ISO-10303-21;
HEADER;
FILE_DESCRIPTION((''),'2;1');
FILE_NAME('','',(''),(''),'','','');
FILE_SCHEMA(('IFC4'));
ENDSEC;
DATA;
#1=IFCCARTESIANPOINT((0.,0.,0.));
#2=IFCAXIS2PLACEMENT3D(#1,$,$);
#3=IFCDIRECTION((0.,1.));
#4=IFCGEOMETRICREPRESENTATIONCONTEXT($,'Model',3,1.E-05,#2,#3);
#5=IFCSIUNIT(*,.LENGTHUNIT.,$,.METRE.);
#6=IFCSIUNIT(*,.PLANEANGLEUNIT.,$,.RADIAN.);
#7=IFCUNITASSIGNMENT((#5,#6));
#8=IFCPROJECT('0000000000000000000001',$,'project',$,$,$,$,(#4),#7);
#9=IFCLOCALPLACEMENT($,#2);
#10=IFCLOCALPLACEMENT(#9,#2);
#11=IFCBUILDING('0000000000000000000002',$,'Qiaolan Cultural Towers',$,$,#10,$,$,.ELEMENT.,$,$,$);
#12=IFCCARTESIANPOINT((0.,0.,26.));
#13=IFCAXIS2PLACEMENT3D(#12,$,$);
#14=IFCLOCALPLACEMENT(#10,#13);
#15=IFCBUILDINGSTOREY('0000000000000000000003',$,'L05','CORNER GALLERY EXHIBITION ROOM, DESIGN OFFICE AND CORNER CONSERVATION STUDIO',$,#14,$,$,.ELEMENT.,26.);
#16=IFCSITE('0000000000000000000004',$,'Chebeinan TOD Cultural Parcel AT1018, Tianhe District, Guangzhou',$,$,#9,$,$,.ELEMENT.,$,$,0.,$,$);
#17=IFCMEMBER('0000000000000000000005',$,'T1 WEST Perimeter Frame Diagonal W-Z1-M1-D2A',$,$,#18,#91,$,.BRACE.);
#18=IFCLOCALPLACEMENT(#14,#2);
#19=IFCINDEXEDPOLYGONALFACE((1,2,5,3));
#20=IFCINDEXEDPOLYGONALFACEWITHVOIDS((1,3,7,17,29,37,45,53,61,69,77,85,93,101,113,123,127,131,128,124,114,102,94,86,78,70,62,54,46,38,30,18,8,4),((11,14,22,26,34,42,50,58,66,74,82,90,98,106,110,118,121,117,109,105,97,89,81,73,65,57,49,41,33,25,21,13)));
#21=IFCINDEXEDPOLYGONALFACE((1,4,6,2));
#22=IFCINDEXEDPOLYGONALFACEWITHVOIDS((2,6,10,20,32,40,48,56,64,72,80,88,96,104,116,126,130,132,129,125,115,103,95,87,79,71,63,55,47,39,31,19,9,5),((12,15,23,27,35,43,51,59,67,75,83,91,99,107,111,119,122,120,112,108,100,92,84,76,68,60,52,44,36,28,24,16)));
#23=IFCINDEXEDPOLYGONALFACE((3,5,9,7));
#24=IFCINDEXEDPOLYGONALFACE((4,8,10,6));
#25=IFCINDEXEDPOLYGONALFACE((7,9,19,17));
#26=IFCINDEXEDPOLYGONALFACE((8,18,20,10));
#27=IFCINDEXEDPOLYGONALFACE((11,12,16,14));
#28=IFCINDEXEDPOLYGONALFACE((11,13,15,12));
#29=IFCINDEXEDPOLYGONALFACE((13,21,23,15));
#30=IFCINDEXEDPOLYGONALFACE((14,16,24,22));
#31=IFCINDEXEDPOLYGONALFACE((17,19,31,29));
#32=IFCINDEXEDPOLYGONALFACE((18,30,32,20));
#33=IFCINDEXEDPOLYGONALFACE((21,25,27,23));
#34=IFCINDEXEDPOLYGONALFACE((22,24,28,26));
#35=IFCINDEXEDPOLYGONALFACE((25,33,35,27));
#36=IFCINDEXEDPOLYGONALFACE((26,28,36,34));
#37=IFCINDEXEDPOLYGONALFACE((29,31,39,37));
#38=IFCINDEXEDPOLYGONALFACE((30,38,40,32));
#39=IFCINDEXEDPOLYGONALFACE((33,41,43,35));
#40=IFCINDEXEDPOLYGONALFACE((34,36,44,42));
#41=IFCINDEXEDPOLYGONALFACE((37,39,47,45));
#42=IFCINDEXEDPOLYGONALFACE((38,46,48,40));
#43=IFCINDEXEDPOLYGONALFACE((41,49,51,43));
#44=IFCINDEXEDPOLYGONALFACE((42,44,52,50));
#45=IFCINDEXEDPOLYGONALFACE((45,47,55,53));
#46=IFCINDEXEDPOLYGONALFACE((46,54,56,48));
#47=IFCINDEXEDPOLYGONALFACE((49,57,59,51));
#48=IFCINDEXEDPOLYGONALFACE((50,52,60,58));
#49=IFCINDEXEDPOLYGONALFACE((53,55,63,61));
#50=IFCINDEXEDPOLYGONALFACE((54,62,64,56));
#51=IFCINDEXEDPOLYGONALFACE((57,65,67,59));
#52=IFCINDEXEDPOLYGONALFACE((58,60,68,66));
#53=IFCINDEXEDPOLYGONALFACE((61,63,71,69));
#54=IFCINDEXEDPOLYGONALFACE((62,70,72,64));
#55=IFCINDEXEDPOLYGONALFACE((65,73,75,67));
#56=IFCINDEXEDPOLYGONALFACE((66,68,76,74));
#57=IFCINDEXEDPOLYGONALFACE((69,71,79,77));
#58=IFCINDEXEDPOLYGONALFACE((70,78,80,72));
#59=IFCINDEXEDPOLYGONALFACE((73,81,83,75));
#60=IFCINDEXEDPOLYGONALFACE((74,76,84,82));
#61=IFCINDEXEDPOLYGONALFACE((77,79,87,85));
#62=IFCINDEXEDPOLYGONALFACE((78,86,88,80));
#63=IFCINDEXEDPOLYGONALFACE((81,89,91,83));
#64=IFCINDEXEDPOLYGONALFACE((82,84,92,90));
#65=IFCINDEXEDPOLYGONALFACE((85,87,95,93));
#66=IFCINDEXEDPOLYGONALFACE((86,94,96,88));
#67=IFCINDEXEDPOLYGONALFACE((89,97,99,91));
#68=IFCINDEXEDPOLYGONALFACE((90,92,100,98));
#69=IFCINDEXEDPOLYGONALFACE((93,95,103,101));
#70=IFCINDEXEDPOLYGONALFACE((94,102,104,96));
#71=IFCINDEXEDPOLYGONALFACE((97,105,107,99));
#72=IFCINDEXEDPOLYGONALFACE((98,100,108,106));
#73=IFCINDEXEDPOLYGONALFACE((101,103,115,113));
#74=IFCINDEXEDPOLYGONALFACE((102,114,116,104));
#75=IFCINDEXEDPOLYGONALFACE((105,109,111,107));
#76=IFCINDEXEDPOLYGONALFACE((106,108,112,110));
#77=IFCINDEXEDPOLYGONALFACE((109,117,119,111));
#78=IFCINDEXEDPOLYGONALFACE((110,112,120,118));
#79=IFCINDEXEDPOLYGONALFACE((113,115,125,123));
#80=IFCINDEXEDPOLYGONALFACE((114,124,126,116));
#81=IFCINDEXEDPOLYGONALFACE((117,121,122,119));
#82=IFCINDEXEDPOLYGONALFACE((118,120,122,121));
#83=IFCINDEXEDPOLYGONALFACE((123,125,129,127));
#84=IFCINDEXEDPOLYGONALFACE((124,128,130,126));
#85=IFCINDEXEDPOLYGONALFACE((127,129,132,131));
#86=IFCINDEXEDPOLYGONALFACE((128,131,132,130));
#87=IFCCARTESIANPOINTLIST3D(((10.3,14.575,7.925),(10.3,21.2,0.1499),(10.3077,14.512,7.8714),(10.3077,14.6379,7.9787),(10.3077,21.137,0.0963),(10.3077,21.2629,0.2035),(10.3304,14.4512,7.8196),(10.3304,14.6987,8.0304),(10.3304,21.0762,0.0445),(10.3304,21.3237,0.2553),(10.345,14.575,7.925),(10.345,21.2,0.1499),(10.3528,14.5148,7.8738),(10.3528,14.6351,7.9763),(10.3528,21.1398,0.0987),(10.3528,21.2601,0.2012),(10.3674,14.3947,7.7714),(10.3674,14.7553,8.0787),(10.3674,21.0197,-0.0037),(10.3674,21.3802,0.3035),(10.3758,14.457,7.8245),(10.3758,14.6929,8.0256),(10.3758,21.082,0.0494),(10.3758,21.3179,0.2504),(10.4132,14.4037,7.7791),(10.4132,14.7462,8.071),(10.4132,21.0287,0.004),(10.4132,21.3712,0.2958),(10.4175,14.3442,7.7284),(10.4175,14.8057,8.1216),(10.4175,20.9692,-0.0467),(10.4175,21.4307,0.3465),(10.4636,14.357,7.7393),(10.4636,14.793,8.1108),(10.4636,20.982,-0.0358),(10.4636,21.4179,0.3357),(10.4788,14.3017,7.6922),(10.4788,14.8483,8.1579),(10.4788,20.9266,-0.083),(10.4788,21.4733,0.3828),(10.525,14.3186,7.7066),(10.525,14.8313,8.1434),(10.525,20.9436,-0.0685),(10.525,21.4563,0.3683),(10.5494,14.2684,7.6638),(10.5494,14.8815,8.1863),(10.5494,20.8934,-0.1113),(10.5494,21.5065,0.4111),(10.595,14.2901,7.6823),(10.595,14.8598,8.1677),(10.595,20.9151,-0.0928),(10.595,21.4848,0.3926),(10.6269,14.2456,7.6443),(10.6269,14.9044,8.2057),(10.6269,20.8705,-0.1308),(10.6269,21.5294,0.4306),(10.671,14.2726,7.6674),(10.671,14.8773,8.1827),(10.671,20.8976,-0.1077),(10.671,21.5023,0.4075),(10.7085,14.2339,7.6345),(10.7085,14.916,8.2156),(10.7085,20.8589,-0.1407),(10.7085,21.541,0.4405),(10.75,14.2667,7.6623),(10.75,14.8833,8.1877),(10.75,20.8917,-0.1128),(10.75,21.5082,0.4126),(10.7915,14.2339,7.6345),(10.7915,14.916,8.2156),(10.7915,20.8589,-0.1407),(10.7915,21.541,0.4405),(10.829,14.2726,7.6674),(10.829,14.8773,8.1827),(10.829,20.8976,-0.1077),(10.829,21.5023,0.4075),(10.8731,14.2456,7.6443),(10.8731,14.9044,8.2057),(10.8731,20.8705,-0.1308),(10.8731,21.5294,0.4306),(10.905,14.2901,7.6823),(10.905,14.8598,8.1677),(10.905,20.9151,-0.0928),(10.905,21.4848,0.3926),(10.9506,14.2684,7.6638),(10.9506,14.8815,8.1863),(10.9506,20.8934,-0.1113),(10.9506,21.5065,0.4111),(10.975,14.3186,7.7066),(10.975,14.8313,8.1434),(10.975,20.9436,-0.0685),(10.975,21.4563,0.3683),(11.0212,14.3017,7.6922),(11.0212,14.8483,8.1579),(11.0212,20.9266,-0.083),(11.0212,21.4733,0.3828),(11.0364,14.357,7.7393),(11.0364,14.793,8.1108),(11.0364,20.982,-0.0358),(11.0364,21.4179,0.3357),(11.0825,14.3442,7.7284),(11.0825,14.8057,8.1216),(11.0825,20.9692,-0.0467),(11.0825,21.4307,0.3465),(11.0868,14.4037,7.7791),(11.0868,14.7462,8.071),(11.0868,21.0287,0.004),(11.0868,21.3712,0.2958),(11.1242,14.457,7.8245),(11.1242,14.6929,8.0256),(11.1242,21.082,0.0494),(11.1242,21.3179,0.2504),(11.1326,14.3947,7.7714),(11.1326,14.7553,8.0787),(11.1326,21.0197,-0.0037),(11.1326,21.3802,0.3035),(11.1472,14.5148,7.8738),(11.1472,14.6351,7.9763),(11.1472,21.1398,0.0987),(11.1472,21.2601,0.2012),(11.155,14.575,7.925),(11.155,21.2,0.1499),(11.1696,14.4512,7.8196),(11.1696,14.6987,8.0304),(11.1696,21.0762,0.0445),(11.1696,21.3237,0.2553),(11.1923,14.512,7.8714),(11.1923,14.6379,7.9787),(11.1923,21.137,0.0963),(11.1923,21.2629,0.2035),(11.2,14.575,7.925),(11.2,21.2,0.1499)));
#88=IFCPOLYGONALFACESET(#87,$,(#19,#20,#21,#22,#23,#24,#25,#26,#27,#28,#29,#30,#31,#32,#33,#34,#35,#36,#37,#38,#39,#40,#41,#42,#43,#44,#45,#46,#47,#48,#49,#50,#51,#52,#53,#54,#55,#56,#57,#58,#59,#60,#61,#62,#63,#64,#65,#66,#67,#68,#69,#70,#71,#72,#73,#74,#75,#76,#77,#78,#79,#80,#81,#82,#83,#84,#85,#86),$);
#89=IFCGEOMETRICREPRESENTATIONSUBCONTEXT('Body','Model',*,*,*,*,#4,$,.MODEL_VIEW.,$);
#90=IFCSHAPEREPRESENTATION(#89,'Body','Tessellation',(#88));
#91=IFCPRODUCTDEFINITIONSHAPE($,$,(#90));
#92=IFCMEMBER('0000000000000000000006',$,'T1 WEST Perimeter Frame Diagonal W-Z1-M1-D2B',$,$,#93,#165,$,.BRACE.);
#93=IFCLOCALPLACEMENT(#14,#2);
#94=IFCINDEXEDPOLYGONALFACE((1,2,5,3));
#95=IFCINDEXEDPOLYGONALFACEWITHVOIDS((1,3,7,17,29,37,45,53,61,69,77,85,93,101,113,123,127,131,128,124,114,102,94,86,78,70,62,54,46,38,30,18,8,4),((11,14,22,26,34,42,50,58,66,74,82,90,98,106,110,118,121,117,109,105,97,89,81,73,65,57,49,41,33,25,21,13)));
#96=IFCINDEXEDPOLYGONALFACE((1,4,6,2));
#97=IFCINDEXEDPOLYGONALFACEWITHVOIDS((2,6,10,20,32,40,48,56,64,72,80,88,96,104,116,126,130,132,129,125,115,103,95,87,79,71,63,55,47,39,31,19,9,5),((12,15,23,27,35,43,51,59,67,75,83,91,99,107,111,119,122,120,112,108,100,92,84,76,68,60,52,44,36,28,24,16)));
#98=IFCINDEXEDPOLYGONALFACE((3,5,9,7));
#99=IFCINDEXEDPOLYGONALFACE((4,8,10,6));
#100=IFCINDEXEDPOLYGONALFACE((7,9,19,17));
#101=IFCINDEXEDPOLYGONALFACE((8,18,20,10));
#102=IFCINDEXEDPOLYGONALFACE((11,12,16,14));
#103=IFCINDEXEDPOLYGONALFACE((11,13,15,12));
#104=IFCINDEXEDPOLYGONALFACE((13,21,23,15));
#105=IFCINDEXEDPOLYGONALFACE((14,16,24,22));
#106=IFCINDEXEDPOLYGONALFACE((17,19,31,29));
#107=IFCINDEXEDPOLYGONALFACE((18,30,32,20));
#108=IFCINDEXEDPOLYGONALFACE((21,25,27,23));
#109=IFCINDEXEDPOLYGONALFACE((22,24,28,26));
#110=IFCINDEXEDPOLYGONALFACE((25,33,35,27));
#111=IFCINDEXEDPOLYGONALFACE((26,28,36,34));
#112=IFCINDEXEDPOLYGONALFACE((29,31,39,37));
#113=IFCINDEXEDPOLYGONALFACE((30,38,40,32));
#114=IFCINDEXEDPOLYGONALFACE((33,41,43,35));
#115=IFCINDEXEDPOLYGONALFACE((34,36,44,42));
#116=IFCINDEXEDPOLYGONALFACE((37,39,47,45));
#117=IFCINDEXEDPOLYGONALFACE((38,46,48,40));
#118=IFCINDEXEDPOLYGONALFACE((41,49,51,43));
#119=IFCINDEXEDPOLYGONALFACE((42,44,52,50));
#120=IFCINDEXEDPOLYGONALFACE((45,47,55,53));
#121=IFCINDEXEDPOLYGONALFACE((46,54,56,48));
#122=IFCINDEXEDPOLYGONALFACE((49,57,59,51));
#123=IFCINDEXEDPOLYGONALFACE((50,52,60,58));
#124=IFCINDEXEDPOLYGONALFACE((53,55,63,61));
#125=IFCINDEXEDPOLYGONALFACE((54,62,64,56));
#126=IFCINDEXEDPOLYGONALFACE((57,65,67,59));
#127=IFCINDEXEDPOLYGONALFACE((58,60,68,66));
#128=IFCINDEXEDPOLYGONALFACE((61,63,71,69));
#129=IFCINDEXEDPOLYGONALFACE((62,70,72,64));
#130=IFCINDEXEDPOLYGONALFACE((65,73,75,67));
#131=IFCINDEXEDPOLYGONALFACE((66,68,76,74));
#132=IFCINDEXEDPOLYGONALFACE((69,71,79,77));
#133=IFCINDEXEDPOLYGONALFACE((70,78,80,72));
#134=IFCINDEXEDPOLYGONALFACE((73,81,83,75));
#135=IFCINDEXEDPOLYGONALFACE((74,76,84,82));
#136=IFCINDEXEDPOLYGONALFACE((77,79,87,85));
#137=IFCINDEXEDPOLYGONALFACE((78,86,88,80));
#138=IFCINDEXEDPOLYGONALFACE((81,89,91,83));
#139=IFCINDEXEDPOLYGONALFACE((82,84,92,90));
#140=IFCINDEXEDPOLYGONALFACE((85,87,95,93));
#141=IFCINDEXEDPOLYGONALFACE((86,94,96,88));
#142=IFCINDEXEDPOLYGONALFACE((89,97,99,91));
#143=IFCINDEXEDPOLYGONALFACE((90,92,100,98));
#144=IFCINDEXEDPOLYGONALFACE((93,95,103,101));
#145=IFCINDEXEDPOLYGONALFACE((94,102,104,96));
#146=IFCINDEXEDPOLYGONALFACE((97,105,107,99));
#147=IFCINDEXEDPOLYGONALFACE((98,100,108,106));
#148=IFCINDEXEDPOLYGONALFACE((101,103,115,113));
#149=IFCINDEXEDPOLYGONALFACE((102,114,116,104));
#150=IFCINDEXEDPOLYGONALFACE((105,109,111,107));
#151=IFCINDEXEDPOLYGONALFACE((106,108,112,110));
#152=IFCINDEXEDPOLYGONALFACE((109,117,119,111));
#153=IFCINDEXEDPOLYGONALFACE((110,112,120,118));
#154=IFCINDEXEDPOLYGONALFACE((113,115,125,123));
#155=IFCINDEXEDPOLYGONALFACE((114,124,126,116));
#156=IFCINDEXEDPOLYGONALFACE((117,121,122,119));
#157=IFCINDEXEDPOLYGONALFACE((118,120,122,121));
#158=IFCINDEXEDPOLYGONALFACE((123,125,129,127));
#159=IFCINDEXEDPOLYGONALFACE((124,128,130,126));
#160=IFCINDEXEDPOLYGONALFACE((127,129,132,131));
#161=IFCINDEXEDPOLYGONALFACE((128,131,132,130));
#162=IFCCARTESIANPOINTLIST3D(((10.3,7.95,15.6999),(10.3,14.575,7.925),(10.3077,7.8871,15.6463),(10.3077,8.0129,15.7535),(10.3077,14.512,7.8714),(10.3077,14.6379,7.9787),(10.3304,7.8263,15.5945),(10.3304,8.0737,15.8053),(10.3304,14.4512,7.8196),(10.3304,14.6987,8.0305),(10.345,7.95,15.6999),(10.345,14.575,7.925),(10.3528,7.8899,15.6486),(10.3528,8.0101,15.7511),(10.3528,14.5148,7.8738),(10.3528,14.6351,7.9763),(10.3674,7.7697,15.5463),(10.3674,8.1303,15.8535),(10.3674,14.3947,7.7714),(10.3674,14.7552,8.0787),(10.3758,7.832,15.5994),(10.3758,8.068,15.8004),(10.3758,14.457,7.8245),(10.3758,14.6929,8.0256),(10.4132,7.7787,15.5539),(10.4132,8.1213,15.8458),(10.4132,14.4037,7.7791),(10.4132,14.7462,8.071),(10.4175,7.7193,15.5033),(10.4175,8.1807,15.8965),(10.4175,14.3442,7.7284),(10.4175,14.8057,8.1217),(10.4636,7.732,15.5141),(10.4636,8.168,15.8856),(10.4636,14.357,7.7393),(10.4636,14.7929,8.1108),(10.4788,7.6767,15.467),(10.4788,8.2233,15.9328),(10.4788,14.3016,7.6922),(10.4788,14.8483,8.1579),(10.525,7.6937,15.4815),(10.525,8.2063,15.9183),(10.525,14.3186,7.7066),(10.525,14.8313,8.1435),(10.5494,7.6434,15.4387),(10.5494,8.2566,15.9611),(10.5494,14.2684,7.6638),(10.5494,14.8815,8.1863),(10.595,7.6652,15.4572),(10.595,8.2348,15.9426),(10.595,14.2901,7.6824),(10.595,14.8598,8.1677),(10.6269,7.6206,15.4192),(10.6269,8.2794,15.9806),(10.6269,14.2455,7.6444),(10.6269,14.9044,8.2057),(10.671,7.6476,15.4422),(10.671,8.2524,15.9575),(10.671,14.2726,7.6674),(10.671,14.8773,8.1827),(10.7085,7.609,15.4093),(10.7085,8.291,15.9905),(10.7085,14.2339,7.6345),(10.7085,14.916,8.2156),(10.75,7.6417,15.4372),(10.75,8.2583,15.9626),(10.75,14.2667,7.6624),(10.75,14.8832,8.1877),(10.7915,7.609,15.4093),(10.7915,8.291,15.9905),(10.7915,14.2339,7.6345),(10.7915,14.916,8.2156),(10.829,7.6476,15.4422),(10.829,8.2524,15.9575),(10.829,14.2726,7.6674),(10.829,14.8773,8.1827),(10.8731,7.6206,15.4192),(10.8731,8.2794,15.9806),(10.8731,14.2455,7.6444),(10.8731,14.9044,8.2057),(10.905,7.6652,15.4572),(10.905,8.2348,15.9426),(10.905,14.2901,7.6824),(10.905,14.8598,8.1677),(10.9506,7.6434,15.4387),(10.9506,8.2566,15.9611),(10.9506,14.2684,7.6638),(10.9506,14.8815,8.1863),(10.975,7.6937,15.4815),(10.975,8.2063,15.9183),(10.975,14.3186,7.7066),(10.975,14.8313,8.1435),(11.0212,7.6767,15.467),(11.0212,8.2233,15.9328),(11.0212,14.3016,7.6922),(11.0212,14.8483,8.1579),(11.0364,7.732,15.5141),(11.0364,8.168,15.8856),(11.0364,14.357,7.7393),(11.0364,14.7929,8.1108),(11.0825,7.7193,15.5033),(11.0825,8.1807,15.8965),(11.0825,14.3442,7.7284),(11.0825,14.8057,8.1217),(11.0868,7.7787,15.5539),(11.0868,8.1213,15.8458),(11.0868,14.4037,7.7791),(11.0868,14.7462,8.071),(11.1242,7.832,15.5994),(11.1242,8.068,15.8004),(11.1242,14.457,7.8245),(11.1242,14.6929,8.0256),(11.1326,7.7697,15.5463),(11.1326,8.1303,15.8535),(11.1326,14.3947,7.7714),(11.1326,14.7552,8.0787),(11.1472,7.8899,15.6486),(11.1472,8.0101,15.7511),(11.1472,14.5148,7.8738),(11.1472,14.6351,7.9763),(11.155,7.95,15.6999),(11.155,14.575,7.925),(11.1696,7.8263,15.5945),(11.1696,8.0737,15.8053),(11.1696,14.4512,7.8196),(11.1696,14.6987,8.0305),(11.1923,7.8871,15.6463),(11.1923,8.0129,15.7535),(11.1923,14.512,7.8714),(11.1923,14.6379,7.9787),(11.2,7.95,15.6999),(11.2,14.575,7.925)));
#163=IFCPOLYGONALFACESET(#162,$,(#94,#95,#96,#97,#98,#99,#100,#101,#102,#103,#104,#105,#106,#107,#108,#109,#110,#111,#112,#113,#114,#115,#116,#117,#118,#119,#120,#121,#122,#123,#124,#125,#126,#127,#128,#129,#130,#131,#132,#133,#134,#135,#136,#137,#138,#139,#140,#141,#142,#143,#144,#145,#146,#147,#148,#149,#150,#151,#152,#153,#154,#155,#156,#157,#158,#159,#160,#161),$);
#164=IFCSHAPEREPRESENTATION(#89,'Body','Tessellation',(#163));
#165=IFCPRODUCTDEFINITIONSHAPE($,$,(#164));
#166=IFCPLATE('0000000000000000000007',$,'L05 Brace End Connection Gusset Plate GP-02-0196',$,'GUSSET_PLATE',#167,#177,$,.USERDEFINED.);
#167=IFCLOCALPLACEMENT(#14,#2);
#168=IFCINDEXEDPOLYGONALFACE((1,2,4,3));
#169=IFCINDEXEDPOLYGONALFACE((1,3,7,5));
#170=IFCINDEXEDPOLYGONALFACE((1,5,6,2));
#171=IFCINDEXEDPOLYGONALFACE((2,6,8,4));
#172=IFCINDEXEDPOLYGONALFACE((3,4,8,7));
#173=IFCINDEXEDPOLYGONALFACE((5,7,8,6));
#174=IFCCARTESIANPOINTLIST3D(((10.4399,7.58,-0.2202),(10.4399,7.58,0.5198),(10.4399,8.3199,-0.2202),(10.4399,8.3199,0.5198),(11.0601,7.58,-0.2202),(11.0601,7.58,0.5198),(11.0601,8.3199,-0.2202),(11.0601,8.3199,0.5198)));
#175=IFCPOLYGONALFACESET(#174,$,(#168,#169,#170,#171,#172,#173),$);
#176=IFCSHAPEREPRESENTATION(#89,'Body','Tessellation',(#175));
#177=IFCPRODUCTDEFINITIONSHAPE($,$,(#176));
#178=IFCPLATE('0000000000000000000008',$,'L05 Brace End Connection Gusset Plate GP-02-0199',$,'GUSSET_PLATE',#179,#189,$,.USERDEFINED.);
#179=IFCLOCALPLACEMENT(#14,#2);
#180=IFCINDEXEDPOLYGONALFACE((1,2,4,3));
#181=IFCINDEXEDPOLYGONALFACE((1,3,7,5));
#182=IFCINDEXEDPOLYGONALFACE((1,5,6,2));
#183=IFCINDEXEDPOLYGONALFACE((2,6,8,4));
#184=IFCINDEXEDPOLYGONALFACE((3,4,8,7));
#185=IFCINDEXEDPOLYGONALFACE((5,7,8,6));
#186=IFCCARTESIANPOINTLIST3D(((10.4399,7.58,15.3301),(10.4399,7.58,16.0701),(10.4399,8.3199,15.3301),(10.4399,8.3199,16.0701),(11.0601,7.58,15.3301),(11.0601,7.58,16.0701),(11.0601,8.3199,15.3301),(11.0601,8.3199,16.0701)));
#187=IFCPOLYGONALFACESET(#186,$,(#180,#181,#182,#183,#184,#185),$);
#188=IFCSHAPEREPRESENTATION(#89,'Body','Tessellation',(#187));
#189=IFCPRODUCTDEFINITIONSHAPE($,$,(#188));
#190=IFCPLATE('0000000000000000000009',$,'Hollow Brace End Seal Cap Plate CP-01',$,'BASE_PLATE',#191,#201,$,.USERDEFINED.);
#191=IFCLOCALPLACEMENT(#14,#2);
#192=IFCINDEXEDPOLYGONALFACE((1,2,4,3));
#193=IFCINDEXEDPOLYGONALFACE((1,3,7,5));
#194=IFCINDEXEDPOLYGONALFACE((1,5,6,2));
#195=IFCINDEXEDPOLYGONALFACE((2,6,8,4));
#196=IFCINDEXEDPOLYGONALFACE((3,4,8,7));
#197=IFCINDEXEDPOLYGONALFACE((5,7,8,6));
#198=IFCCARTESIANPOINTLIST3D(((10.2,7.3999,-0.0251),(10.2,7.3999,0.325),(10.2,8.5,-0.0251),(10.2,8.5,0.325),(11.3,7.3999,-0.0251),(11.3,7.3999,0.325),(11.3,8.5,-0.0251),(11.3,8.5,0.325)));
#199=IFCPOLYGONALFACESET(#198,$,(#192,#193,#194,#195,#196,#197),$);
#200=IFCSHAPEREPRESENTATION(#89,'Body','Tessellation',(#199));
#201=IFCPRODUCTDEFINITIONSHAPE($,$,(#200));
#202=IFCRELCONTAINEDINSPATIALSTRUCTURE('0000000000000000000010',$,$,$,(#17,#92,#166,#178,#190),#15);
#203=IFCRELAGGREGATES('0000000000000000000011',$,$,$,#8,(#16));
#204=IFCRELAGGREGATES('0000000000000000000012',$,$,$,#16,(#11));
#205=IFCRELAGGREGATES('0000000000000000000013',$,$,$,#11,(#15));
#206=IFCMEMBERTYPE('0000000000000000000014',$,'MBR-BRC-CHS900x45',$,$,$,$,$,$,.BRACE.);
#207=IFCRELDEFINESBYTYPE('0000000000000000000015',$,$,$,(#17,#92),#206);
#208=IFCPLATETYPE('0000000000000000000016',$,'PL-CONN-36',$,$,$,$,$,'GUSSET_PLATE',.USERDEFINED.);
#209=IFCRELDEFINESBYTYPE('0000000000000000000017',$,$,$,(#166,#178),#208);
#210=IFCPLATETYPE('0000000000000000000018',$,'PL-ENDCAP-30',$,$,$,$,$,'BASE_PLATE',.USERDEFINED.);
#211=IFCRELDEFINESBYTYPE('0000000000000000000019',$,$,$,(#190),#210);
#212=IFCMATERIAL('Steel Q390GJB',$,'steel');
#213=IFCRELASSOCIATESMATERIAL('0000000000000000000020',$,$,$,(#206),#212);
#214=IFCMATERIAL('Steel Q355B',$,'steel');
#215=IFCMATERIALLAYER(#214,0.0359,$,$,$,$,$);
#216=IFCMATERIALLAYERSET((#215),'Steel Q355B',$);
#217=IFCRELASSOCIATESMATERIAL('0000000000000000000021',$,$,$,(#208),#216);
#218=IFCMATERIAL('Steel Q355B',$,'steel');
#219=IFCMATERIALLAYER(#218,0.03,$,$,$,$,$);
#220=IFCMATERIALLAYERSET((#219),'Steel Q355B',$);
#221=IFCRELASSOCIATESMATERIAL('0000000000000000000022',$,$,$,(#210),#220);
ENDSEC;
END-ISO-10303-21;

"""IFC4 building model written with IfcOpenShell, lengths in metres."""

from ifc_helpers import new_model, si_unit, direction, frame, origin, origin_2d, place, context, subcontext, project, spatial, rectangle, hollow_circle, extrude, material, layer, layer_set, material_profile, profile_set, type_object, element, save


model = new_model("IFC4")

# Units and contexts
model_context = context("Model", 3, precision=1e-05, world=origin(), true_north=direction((0.0, 1.0)))
body_context = subcontext(model_context, "Body", "Model", "MODEL_VIEW")
ifc_project = project(units=[si_unit("LENGTHUNIT", "METRE"), si_unit("PLANEANGLEUNIT", "RADIAN")], contexts=[model_context])

# Site, building, storey
site_placement = place(None, origin())
site = spatial("IfcSite", under=ifc_project, at=site_placement, Name="Chebeinan TOD Cultural Parcel AT1018, Tianhe District, Guangzhou", CompositionType="ELEMENT", RefElevation=0.0)
building_placement = place(site_placement, origin())
building = spatial("IfcBuilding", under=site, at=building_placement, Name="Qiaolan Cultural Towers", CompositionType="ELEMENT")
storey_placement = place(building_placement, frame((0.0, 0.0, 26.0)))
storey = spatial("IfcBuildingStorey", under=building, at=storey_placement, Name="L05", Description="CORNER GALLERY EXHIBITION ROOM, DESIGN OFFICE AND CORNER CONSERVATION STUDIO", CompositionType="ELEMENT", Elevation=26.0)

# Members
ifc_material_1 = material(Name="Steel Q390GJB", Category="steel")
ifc_material_profile = material_profile(ifc_material_1, hollow_circle(Radius=0.45, WallThickness=0.0449, at=origin_2d()), Name="CHS900x45")
ifc_profile_set = profile_set([ifc_material_profile], Name="Steel Q390GJB")
member_type = type_object("IfcMemberType", Name="MBR-BRC-CHS900x45", PredefinedType="BRACE", material=ifc_profile_set)
member_1_placement = place(storey_placement, frame((10.75, 21.2, 0.1499), z_axis=(0.0, -0.648564, 0.76116), x_axis=(1.0, 0.0, 0.0)))
element("IfcMember", 1, at=member_1_placement, inside=storey, type_object=member_type, Name="T1 WEST Perimeter Frame Diagonal W-Z1-M1-D2A", PredefinedType="BRACE", context=body_context, shape_type="SweptSolid", body=[
    extrude(hollow_circle(Radius=0.45, WallThickness=0.0449, at=origin_2d()), origin(), (0.0, 0.0, 1.0), 10.2148),
])
member_2_placement = place(storey_placement, frame((10.75, 14.575, 7.925), z_axis=(0.0, -0.648576, 0.76115), x_axis=(1.0, 0.0, 0.0)))
element("IfcMember", 2, at=member_2_placement, inside=storey, type_object=member_type, Name="T1 WEST Perimeter Frame Diagonal W-Z1-M1-D2B", PredefinedType="BRACE", context=body_context, shape_type="SweptSolid", body=[
    extrude(hollow_circle(Radius=0.45, WallThickness=0.0449, at=origin_2d()), origin(), (0.0, 0.0, 1.0), 10.2146),
])

# Plates
ifc_material_2 = material(Name="Steel Q355B", Category="steel")
ifc_layer_1 = layer(ifc_material_2, 0.0359)
ifc_layer_set_1 = layer_set([ifc_layer_1], Name="Steel Q355B")
plate_type_1 = type_object("IfcPlateType", Name="PL-CONN-36", ElementType="GUSSET_PLATE", PredefinedType="USERDEFINED", material=ifc_layer_set_1)
for number, where, z_axis, x_axis, name in (
    (3, (10.75, 7.95, -0.2202), (0.0, 0.0, 1.0), (0.0, 1.0, 0.0), "L05 Brace End Connection Gusset Plate GP-02-0196"),
    (4, (10.75, 7.95, 15.3301), (0.0, 0.0, 1.0), (0.0, 1.0, 0.0), "L05 Brace End Connection Gusset Plate GP-02-0199"),
):
    element("IfcPlate", number, at=place(storey_placement, frame(where, z_axis=z_axis, x_axis=x_axis)), inside=storey, type_object=plate_type_1, Name=name, ObjectType="GUSSET_PLATE", PredefinedType="USERDEFINED", context=body_context, shape_type="SweptSolid", body=[
        extrude(rectangle(XDim=0.74, YDim=0.6201, at=origin_2d()), origin(), (0.0, 0.0, 1.0), 0.74),
    ])
ifc_material_3 = material(Name="Steel Q355B", Category="steel")
ifc_layer_2 = layer(ifc_material_3, 0.03)
ifc_layer_set_2 = layer_set([ifc_layer_2], Name="Steel Q355B")
plate_type_2 = type_object("IfcPlateType", Name="PL-ENDCAP-30", ElementType="BASE_PLATE", PredefinedType="USERDEFINED", material=ifc_layer_set_2)
for number, where, z_axis, x_axis, name in (
    (5, (10.75, 7.95, -0.0251), (0.0, 0.0, 1.0), (0.0, 1.0, 0.0), "Hollow Brace End Seal Cap Plate CP-01"),
):
    element("IfcPlate", number, at=place(storey_placement, frame(where, z_axis=z_axis, x_axis=x_axis)), inside=storey, type_object=plate_type_2, Name=name, ObjectType="BASE_PLATE", PredefinedType="USERDEFINED", context=body_context, shape_type="SweptSolid", body=[
        extrude(rectangle(XDim=1.1001, YDim=1.1001, at=origin_2d()), origin(), (0.0, 0.0, 1.0), 0.3501),
    ])

save(model, "model.ifc")
